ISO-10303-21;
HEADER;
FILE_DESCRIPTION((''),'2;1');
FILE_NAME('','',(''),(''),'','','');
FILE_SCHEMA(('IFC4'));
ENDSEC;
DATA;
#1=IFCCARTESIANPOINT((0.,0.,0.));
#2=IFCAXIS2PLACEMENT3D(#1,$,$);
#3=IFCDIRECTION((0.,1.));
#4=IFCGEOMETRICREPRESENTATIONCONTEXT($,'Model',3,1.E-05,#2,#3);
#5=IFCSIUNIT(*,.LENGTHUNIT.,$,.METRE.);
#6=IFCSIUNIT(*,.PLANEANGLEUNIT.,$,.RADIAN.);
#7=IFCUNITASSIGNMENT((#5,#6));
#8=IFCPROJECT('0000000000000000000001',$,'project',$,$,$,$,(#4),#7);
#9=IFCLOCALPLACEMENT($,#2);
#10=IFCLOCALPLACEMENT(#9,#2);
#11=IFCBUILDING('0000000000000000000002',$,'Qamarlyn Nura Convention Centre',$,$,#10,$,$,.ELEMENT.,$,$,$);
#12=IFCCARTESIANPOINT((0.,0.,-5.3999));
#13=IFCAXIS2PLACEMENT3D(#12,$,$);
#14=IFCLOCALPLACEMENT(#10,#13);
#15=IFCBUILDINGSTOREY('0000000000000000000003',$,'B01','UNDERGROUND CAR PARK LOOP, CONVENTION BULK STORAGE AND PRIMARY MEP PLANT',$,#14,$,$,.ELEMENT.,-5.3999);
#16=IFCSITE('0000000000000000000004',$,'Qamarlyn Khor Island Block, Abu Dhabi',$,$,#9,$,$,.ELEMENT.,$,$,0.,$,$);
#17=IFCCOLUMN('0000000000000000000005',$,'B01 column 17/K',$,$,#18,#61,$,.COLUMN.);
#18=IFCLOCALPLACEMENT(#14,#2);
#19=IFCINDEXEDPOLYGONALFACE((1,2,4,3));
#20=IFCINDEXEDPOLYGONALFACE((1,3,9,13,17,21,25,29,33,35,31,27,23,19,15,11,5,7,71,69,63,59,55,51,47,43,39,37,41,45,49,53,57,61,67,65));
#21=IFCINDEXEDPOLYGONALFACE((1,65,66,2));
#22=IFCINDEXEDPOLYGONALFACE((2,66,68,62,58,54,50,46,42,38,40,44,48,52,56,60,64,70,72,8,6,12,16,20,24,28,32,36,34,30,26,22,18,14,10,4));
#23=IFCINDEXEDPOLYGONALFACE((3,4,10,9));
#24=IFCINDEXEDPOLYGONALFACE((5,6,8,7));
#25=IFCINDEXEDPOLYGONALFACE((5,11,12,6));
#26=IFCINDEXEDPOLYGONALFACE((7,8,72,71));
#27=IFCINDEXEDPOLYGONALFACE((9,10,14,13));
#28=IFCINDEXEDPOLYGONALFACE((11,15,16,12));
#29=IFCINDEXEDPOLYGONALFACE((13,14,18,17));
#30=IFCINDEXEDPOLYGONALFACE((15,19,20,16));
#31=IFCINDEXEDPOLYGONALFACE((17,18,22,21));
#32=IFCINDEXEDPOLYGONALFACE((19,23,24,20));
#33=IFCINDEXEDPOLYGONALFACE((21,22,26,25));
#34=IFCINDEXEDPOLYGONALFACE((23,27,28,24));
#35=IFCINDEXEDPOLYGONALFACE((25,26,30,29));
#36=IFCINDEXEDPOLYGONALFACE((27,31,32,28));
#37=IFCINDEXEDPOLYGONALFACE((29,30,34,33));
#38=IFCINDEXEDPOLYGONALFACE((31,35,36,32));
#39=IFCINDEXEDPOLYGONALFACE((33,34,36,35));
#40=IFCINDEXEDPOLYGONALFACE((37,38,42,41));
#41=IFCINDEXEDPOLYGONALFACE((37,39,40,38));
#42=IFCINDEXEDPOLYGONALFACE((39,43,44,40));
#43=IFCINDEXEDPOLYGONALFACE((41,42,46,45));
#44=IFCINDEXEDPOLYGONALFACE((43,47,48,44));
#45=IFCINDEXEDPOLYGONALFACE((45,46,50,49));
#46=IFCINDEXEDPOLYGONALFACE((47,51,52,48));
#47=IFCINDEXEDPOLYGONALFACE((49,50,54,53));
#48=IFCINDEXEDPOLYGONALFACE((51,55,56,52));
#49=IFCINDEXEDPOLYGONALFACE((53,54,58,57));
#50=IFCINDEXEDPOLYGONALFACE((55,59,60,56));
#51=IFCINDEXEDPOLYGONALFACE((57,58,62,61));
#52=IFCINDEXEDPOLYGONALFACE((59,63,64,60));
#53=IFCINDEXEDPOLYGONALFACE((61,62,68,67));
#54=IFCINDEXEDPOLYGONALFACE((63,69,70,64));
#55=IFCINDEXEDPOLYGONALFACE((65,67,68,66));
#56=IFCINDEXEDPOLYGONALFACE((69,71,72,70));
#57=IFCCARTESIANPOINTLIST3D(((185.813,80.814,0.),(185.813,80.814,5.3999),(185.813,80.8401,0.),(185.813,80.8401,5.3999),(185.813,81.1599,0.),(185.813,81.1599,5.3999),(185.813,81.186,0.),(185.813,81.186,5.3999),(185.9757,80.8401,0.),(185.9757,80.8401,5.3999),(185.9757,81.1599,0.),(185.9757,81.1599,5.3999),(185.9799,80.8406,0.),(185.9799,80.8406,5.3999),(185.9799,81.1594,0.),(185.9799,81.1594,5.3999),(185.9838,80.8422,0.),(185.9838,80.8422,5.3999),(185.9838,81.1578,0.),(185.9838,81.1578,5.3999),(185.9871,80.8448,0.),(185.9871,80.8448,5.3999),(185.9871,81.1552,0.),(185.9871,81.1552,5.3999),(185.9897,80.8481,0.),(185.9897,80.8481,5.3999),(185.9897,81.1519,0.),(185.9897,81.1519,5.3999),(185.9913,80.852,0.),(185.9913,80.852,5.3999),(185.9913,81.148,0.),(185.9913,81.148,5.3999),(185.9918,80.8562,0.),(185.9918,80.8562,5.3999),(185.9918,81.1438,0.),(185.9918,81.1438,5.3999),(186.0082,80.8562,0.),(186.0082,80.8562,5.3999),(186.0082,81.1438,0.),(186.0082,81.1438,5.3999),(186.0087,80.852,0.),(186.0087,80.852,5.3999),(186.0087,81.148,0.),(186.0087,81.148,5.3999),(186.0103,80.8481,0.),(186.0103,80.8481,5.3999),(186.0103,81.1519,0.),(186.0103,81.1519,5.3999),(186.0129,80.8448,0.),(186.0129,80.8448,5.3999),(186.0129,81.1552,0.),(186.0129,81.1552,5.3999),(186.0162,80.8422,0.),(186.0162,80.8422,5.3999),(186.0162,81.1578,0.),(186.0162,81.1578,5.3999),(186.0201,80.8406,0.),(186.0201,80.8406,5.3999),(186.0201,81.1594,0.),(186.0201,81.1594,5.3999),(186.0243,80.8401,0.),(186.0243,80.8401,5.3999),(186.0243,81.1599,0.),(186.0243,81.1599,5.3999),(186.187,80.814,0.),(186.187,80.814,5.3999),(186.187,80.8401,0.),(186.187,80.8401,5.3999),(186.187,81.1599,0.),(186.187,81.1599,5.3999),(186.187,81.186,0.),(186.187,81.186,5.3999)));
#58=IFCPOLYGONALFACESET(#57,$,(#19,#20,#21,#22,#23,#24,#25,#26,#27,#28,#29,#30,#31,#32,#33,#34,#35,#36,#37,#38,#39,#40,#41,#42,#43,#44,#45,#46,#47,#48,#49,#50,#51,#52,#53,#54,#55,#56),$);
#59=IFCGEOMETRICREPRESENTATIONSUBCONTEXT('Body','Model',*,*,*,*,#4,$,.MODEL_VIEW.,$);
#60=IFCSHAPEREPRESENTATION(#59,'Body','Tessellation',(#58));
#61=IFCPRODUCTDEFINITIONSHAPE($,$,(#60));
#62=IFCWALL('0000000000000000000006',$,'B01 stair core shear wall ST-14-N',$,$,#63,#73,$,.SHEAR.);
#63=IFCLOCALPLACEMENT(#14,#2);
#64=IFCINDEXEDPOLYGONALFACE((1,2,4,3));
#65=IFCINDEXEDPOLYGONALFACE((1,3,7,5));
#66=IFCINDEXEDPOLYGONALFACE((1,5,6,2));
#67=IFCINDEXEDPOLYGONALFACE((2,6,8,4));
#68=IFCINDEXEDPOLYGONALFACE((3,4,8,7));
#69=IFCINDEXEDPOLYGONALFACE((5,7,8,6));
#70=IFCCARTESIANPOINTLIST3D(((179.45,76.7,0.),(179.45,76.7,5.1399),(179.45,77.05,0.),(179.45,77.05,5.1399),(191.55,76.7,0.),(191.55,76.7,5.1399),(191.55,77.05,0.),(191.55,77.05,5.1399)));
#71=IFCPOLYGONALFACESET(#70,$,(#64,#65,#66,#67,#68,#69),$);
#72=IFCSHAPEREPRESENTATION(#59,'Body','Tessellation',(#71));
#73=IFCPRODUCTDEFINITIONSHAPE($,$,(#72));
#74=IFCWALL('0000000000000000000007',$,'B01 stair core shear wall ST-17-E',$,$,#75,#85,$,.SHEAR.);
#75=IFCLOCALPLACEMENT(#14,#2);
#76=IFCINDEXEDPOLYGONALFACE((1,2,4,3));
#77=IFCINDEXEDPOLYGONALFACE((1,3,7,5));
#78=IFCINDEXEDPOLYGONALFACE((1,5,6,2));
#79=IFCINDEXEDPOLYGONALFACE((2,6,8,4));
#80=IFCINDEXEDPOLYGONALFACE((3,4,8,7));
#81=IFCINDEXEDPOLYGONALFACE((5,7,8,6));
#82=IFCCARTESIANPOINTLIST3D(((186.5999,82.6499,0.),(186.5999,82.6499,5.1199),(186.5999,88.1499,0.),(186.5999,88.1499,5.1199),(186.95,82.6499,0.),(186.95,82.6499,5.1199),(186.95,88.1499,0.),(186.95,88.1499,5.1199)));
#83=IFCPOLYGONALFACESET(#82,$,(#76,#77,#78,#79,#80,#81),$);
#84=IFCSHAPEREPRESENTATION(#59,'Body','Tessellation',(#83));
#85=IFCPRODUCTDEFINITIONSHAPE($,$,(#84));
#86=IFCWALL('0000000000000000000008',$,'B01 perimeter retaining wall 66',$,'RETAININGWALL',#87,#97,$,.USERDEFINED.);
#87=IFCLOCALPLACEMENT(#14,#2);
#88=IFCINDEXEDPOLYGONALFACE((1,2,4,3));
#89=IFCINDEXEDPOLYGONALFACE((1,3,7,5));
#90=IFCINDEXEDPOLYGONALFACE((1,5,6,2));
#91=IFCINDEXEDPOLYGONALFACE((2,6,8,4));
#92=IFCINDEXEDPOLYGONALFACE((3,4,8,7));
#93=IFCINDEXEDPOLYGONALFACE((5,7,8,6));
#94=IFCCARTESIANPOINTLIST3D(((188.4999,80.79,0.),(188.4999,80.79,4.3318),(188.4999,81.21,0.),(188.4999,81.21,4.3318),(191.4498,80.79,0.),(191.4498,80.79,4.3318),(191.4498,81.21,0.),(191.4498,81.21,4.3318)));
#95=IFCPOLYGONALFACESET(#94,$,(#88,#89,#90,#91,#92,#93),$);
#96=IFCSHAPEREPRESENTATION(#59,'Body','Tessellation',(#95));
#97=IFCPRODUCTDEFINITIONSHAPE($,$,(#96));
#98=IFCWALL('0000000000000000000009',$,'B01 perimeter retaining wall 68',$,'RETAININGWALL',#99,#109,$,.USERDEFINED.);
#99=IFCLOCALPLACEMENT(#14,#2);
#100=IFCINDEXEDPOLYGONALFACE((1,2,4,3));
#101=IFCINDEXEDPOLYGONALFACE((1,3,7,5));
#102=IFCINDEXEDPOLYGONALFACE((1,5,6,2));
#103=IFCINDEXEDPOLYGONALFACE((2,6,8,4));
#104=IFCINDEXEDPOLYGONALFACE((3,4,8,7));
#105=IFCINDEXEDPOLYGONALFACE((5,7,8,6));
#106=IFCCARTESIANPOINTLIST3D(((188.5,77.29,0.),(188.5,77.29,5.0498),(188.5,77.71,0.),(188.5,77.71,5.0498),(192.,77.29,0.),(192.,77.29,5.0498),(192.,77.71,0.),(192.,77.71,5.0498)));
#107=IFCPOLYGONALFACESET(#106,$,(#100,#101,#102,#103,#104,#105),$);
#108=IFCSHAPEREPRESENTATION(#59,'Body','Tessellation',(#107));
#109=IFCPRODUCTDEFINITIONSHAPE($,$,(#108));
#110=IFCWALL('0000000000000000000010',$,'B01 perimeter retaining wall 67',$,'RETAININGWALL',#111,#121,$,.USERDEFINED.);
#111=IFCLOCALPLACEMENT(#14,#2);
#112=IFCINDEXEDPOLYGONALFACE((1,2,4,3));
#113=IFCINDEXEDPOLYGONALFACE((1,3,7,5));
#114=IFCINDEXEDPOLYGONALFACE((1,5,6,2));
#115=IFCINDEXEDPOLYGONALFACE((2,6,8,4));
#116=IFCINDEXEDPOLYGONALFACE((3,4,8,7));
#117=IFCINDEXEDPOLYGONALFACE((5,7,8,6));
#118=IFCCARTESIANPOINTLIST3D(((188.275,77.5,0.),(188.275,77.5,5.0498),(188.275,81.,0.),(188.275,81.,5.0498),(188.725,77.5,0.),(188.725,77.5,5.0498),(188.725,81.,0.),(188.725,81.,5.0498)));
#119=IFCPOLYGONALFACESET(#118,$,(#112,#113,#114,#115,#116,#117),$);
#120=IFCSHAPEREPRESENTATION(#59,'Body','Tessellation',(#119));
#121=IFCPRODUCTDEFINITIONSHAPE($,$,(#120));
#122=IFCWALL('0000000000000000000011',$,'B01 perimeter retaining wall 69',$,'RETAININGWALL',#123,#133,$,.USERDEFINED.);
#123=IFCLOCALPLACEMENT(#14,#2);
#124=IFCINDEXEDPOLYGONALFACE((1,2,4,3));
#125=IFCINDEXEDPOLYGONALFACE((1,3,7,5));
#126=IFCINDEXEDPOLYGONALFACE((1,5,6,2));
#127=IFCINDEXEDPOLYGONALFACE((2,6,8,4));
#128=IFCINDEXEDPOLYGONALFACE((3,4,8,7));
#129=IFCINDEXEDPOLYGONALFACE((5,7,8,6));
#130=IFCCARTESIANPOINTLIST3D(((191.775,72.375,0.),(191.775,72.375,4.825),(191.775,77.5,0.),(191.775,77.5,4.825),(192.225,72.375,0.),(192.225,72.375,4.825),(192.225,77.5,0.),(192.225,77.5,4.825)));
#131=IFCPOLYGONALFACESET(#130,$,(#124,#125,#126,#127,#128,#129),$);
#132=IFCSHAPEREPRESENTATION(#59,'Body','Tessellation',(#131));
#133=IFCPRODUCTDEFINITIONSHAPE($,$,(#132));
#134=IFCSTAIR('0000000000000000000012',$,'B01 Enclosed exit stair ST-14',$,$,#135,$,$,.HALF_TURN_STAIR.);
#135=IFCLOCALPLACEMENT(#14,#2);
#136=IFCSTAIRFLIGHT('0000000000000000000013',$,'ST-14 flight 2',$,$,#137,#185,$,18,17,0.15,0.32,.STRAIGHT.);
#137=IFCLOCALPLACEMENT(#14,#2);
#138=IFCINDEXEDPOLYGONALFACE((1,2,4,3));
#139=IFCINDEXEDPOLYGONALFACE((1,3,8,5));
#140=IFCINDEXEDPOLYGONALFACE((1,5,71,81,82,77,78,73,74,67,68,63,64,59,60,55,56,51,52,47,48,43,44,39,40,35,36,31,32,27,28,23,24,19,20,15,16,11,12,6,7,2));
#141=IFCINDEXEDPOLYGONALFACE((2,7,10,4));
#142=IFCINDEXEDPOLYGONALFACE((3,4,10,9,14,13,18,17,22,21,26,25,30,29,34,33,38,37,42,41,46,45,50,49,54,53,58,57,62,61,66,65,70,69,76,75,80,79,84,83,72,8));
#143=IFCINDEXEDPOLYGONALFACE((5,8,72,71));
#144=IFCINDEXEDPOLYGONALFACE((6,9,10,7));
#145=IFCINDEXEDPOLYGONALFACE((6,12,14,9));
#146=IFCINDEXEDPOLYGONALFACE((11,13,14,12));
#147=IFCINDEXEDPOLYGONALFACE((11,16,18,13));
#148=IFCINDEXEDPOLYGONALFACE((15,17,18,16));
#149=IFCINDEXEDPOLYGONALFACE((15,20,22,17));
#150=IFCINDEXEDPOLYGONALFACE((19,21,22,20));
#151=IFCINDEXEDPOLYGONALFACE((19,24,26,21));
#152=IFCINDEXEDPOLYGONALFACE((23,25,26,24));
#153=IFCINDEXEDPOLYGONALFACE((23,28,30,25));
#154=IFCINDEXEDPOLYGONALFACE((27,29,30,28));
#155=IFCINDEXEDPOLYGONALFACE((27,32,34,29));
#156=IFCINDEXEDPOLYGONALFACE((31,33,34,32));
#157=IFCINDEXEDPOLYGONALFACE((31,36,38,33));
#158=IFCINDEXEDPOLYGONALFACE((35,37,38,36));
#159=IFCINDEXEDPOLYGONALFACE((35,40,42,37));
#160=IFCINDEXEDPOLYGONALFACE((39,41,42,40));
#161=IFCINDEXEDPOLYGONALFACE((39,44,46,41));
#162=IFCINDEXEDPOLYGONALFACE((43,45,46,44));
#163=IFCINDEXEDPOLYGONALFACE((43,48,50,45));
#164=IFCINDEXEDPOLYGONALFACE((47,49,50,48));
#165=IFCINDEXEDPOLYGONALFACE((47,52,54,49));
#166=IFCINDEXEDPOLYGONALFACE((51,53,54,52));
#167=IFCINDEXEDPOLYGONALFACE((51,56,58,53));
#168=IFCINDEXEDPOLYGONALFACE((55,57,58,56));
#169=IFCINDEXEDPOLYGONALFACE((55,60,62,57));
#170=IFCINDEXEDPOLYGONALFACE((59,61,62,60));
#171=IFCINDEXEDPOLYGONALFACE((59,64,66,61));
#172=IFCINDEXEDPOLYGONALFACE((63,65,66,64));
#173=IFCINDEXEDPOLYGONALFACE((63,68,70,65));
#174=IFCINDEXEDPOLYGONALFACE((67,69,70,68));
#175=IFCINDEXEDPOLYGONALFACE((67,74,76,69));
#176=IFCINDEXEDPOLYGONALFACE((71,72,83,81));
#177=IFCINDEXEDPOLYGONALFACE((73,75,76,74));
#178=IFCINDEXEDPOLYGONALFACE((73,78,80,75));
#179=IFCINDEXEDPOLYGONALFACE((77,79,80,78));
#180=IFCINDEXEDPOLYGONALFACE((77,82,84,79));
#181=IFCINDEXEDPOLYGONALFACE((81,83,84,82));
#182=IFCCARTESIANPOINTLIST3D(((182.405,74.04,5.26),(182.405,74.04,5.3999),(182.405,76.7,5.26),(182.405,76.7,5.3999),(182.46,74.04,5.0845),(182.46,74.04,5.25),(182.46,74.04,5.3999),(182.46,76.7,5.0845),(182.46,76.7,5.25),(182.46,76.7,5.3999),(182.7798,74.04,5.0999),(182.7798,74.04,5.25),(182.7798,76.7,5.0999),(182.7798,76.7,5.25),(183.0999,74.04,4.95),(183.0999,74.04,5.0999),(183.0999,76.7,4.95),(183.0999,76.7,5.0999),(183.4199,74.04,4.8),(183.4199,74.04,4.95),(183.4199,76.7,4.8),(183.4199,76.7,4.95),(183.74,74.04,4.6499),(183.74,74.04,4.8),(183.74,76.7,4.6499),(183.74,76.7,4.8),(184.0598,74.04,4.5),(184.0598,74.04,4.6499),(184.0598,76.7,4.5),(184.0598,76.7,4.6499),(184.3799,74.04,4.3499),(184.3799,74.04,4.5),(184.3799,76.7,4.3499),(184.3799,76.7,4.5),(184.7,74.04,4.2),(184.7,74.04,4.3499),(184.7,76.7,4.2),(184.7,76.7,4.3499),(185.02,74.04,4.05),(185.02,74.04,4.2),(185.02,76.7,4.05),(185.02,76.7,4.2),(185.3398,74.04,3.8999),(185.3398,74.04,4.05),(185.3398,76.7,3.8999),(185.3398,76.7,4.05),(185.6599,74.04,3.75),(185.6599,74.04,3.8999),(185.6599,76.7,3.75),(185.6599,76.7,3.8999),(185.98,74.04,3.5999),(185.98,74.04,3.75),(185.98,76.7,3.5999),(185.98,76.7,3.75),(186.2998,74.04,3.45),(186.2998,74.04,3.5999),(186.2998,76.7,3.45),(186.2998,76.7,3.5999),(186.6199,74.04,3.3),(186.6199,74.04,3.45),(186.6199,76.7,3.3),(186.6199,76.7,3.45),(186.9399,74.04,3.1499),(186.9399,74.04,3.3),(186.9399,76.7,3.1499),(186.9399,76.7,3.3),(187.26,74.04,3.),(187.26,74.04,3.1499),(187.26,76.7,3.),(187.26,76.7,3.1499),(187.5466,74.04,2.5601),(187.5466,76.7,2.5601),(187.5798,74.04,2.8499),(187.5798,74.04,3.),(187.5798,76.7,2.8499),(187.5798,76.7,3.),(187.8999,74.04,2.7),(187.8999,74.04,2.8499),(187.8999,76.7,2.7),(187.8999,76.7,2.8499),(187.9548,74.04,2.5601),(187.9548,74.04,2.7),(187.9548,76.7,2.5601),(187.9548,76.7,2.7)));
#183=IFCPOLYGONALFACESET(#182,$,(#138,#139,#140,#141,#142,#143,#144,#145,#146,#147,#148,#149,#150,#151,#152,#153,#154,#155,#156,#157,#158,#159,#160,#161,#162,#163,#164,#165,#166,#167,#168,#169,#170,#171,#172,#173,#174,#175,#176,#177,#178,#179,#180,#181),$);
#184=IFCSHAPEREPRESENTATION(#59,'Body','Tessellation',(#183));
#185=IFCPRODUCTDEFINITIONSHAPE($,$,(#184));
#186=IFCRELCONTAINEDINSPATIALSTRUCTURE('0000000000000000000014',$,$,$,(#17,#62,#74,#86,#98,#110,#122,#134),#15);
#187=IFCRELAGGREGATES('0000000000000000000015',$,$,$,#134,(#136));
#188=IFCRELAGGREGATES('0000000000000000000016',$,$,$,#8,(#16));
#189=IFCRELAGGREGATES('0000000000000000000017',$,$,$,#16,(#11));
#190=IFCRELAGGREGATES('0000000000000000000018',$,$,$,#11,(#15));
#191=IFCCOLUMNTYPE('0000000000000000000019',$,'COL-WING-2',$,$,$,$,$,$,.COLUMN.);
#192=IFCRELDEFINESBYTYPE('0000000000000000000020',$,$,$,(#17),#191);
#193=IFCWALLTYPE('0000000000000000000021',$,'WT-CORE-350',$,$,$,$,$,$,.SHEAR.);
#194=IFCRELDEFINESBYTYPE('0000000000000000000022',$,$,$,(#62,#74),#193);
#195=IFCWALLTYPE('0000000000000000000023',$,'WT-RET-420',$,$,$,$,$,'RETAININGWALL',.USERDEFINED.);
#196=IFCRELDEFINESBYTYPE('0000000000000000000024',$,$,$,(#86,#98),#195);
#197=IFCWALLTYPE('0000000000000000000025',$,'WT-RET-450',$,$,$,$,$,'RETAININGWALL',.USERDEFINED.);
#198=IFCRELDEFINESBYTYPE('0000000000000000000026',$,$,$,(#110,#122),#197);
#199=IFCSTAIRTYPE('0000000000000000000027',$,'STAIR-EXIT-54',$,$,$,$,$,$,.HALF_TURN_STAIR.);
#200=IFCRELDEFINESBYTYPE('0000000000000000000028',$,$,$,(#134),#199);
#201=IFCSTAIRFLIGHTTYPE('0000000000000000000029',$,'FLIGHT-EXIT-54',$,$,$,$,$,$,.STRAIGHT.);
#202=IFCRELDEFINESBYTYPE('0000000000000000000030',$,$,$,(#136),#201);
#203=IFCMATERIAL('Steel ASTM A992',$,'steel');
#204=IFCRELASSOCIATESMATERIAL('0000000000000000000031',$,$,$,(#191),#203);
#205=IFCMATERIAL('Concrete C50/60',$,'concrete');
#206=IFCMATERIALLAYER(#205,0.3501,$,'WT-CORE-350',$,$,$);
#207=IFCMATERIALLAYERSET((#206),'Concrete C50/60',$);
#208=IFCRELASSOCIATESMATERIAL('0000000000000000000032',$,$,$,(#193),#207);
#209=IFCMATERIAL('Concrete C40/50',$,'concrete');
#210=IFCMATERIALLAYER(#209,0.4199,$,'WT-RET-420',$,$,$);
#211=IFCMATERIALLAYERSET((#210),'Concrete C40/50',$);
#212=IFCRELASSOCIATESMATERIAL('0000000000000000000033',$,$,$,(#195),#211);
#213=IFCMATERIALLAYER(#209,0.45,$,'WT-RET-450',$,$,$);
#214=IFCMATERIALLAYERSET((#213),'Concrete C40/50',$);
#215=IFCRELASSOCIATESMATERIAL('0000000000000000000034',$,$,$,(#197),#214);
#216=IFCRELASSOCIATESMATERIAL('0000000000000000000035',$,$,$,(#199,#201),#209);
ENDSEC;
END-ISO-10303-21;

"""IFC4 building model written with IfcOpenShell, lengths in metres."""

from ifc_helpers import new_model, si_unit, direction, frame, frame_2d, origin, origin_2d, place, context, subcontext, project, spatial, polyline, rectangle, i_section, outline, extrude, material, layer, layer_set, material_profile, profile_set, type_object, element, aggregate, save


model = new_model("IFC4")

# Units and contexts
model_context = context("Model", 3, precision=1e-05, world=origin(), true_north=direction((0.0, 1.0)))
body_context = subcontext(model_context, "Body", "Model", "MODEL_VIEW")
ifc_project = project(units=[si_unit("LENGTHUNIT", "METRE"), si_unit("PLANEANGLEUNIT", "RADIAN")], contexts=[model_context])

# Site, building, storey
site_placement = place(None, origin())
site = spatial("IfcSite", under=ifc_project, at=site_placement, Name="Qamarlyn Khor Island Block, Abu Dhabi", CompositionType="ELEMENT", RefElevation=0.0)
building_placement = place(site_placement, origin())
building = spatial("IfcBuilding", under=site, at=building_placement, Name="Qamarlyn Nura Convention Centre", CompositionType="ELEMENT")
storey_placement = place(building_placement, frame((0.0, 0.0, -5.3999)))
storey = spatial("IfcBuildingStorey", under=building, at=storey_placement, Name="B01", Description="UNDERGROUND CAR PARK LOOP, CONVENTION BULK STORAGE AND PRIMARY MEP PLANT", CompositionType="ELEMENT", Elevation=-5.3999)

# Shared definitions
ifc_material_1 = material(Name="Concrete C40/50", Category="concrete")

# Column
ifc_material_2 = material(Name="Concrete C50/60", Category="concrete")
ifc_material_3 = material(Name="Steel ASTM A992", Category="steel")
ifc_material_profile_1 = material_profile(ifc_material_3, i_section(OverallWidth=0.374, OverallDepth=0.3721, WebThickness=0.0164, FlangeThickness=0.0261, FilletRadius=0.0161, at=origin_2d()), Name="W360X196")
ifc_profile_set_1 = profile_set([ifc_material_profile_1], Name="Steel ASTM A992")
column_type_1 = type_object("IfcColumnType", Name="COL-WING-2", PredefinedType="COLUMN", material=ifc_profile_set_1)
column_1_placement = place(storey_placement, frame((186.0, 81.0, 0.0), z_axis=(0.0, 0.0, 1.0), x_axis=(1.0, 0.0, 0.0)))
element("IfcColumn", 1, at=column_1_placement, inside=storey, type_object=column_type_1, Name="B01 column 17/K", PredefinedType="COLUMN", context=body_context, shape_type="SweptSolid", body=[
    extrude(i_section(OverallWidth=0.374, OverallDepth=0.3721, WebThickness=0.0164, FlangeThickness=0.0261, FilletRadius=0.0161, at=origin_2d()), origin(), (0.0, 0.0, 1.0), 5.3999),
])

# Walls
ifc_layer_1 = layer(ifc_material_2, 0.3501, Name="WT-CORE-350")
ifc_layer_set_1 = layer_set([ifc_layer_1], Name="Concrete C50/60")
wall_type_1 = type_object("IfcWallType", Name="WT-CORE-350", PredefinedType="SHEAR", material=ifc_layer_set_1)
wall_1_placement = place(storey_placement, frame((191.55, 76.875, 0.0), z_axis=(0.0, 0.0, 1.0), x_axis=(-1.0, 0.0, 0.0)))
element("IfcWall", 2, at=wall_1_placement, inside=storey, type_object=wall_type_1, Name="B01 stair core shear wall ST-14-N", PredefinedType="SHEAR", context=body_context, shape_type="SweptSolid", body=[
    extrude(rectangle(XDim=12.1001, YDim=0.3501, at=frame_2d((6.05, 0.0))), origin(), (0.0, 0.0, 1.0), 5.1399),
])
wall_2_placement = place(storey_placement, frame((186.7749, 82.6499, 0.0), z_axis=(0.0, 0.0, 1.0), x_axis=(0.0, 1.0, 0.0)))
element("IfcWall", 3, at=wall_2_placement, inside=storey, type_object=wall_type_1, Name="B01 stair core shear wall ST-17-E", PredefinedType="SHEAR", context=body_context, shape_type="SweptSolid", body=[
    extrude(rectangle(XDim=5.5, YDim=0.3501, at=frame_2d((2.75, 0.0))), origin(), (0.0, 0.0, 1.0), 5.1199),
])
ifc_layer_2 = layer(ifc_material_1, 0.4199, Name="WT-RET-420")
ifc_layer_set_2 = layer_set([ifc_layer_2], Name="Concrete C40/50")
wall_type_2 = type_object("IfcWallType", Name="WT-RET-420", ElementType="RETAININGWALL", PredefinedType="USERDEFINED", material=ifc_layer_set_2)
wall_3_placement = place(storey_placement, frame((191.45, 81.0, 0.0), z_axis=(0.0, 0.0, 1.0), x_axis=(-1.0, 0.0, 0.0)))
element("IfcWall", 4, at=wall_3_placement, inside=storey, type_object=wall_type_2, Name="B01 perimeter retaining wall 66", ObjectType="RETAININGWALL", PredefinedType="USERDEFINED", context=body_context, shape_type="SweptSolid", body=[
    extrude(rectangle(XDim=2.95, YDim=0.4199, at=frame_2d((1.4751, 0.0))), origin(), (0.0, 0.0, 1.0), 4.3318),
])
wall_4_placement = place(storey_placement, frame((188.5, 77.5, 0.0), z_axis=(0.0, 0.0, 1.0), x_axis=(1.0, 0.0, 0.0)))
element("IfcWall", 5, at=wall_4_placement, inside=storey, type_object=wall_type_2, Name="B01 perimeter retaining wall 68", ObjectType="RETAININGWALL", PredefinedType="USERDEFINED", context=body_context, shape_type="SweptSolid", body=[
    extrude(rectangle(XDim=3.5, YDim=0.4199, at=frame_2d((1.75, 0.0))), origin(), (0.0, 0.0, 1.0), 5.0498),
])
ifc_layer_3 = layer(ifc_material_1, 0.45, Name="WT-RET-450")
ifc_layer_set_3 = layer_set([ifc_layer_3], Name="Concrete C40/50")
wall_type_3 = type_object("IfcWallType", Name="WT-RET-450", ElementType="RETAININGWALL", PredefinedType="USERDEFINED", material=ifc_layer_set_3)
wall_5_placement = place(storey_placement, frame((188.5, 81.0, 0.0), z_axis=(0.0, 0.0, 1.0), x_axis=(0.0, -1.0, 0.0)))
element("IfcWall", 6, at=wall_5_placement, inside=storey, type_object=wall_type_3, Name="B01 perimeter retaining wall 67", ObjectType="RETAININGWALL", PredefinedType="USERDEFINED", context=body_context, shape_type="SweptSolid", body=[
    extrude(rectangle(XDim=3.5, YDim=0.45, at=frame_2d((1.75, 0.0))), origin(), (0.0, 0.0, 1.0), 5.0498),
])
wall_6_placement = place(storey_placement, frame((192.0, 77.5, 0.0), z_axis=(0.0, 0.0, 1.0), x_axis=(0.0, -1.0, 0.0)))
element("IfcWall", 7, at=wall_6_placement, inside=storey, type_object=wall_type_3, Name="B01 perimeter retaining wall 69", ObjectType="RETAININGWALL", PredefinedType="USERDEFINED", context=body_context, shape_type="SweptSolid", body=[
    extrude(rectangle(XDim=5.125, YDim=0.45, at=frame_2d((2.5625, 0.0))), origin(), (0.0, 0.0, 1.0), 4.825),
])

# Stair, stair flight
stair_type = type_object("IfcStairType", Name="STAIR-EXIT-54", PredefinedType="HALF_TURN_STAIR", material=ifc_material_1)
stair_1_placement = place(storey_placement, origin())
stair_1 = element("IfcStair", 8, at=stair_1_placement, inside=storey, type_object=stair_type, Name="B01 Enclosed exit stair ST-14", PredefinedType="HALF_TURN_STAIR")
stair_flight_type = type_object("IfcStairFlightType", Name="FLIGHT-EXIT-54", PredefinedType="STRAIGHT", material=ifc_material_1)
stair_flight_1_placement = place(storey_placement, frame((187.8999, 75.3701, 2.7), z_axis=(0.0, 0.0, 1.0), x_axis=(-1.0, 0.0, 0.0)))
stair_flight_1 = element("IfcStairFlight", 9, at=stair_flight_1_placement, type_object=stair_flight_type, Name="ST-14 flight 2", NumberOfRisers=18, NumberOfTreads=17, PredefinedType="STRAIGHT", RiserHeight=0.15, TreadLength=0.32, context=body_context, shape_type="SweptSolid", body=[
    extrude(outline(polyline([(-0.0549, 0.0), (0.0, 0.0), (0.0, 0.1499), (0.3201, 0.1499), (0.3201, 0.3), (0.6399, 0.3), (0.6399, 0.45), (0.96, 0.45), (0.96, 0.6001), (1.28, 0.6001), (1.28, 0.75), (1.6001, 0.75), (1.6001, 0.8999), (1.9199, 0.8999), (1.9199, 1.05), (2.24, 1.05), (2.24, 1.2), (2.5601, 1.2), (2.5601, 1.3501), (2.8799, 1.3501), (2.8799, 1.5), (3.2, 1.5), (3.2, 1.6499), (3.52, 1.6499), (3.52, 1.8), (3.8401, 1.8), (3.8401, 1.95), (4.1599, 1.95), (4.1599, 2.1001), (4.48, 2.1001), (4.48, 2.25), (4.8, 2.25), (4.8, 2.3999), (5.1201, 2.3999), (5.1201, 2.55), (5.4399, 2.55), (5.4399, 2.7), (5.4949, 2.7), (5.4949, 2.5601), (5.4399, 2.3845), (0.3533, -0.1399), (-0.0549, -0.1399), (-0.0549, 0.0)])), frame((0.0, 1.3301, 0.0), z_axis=(0.0, -1.0, 0.0), x_axis=(1.0, 0.0, 0.0)), (0.0, 0.0, 1.0), 2.6599),
])
aggregate(stair_1, [stair_flight_1])

save(model, "model.ifc")
